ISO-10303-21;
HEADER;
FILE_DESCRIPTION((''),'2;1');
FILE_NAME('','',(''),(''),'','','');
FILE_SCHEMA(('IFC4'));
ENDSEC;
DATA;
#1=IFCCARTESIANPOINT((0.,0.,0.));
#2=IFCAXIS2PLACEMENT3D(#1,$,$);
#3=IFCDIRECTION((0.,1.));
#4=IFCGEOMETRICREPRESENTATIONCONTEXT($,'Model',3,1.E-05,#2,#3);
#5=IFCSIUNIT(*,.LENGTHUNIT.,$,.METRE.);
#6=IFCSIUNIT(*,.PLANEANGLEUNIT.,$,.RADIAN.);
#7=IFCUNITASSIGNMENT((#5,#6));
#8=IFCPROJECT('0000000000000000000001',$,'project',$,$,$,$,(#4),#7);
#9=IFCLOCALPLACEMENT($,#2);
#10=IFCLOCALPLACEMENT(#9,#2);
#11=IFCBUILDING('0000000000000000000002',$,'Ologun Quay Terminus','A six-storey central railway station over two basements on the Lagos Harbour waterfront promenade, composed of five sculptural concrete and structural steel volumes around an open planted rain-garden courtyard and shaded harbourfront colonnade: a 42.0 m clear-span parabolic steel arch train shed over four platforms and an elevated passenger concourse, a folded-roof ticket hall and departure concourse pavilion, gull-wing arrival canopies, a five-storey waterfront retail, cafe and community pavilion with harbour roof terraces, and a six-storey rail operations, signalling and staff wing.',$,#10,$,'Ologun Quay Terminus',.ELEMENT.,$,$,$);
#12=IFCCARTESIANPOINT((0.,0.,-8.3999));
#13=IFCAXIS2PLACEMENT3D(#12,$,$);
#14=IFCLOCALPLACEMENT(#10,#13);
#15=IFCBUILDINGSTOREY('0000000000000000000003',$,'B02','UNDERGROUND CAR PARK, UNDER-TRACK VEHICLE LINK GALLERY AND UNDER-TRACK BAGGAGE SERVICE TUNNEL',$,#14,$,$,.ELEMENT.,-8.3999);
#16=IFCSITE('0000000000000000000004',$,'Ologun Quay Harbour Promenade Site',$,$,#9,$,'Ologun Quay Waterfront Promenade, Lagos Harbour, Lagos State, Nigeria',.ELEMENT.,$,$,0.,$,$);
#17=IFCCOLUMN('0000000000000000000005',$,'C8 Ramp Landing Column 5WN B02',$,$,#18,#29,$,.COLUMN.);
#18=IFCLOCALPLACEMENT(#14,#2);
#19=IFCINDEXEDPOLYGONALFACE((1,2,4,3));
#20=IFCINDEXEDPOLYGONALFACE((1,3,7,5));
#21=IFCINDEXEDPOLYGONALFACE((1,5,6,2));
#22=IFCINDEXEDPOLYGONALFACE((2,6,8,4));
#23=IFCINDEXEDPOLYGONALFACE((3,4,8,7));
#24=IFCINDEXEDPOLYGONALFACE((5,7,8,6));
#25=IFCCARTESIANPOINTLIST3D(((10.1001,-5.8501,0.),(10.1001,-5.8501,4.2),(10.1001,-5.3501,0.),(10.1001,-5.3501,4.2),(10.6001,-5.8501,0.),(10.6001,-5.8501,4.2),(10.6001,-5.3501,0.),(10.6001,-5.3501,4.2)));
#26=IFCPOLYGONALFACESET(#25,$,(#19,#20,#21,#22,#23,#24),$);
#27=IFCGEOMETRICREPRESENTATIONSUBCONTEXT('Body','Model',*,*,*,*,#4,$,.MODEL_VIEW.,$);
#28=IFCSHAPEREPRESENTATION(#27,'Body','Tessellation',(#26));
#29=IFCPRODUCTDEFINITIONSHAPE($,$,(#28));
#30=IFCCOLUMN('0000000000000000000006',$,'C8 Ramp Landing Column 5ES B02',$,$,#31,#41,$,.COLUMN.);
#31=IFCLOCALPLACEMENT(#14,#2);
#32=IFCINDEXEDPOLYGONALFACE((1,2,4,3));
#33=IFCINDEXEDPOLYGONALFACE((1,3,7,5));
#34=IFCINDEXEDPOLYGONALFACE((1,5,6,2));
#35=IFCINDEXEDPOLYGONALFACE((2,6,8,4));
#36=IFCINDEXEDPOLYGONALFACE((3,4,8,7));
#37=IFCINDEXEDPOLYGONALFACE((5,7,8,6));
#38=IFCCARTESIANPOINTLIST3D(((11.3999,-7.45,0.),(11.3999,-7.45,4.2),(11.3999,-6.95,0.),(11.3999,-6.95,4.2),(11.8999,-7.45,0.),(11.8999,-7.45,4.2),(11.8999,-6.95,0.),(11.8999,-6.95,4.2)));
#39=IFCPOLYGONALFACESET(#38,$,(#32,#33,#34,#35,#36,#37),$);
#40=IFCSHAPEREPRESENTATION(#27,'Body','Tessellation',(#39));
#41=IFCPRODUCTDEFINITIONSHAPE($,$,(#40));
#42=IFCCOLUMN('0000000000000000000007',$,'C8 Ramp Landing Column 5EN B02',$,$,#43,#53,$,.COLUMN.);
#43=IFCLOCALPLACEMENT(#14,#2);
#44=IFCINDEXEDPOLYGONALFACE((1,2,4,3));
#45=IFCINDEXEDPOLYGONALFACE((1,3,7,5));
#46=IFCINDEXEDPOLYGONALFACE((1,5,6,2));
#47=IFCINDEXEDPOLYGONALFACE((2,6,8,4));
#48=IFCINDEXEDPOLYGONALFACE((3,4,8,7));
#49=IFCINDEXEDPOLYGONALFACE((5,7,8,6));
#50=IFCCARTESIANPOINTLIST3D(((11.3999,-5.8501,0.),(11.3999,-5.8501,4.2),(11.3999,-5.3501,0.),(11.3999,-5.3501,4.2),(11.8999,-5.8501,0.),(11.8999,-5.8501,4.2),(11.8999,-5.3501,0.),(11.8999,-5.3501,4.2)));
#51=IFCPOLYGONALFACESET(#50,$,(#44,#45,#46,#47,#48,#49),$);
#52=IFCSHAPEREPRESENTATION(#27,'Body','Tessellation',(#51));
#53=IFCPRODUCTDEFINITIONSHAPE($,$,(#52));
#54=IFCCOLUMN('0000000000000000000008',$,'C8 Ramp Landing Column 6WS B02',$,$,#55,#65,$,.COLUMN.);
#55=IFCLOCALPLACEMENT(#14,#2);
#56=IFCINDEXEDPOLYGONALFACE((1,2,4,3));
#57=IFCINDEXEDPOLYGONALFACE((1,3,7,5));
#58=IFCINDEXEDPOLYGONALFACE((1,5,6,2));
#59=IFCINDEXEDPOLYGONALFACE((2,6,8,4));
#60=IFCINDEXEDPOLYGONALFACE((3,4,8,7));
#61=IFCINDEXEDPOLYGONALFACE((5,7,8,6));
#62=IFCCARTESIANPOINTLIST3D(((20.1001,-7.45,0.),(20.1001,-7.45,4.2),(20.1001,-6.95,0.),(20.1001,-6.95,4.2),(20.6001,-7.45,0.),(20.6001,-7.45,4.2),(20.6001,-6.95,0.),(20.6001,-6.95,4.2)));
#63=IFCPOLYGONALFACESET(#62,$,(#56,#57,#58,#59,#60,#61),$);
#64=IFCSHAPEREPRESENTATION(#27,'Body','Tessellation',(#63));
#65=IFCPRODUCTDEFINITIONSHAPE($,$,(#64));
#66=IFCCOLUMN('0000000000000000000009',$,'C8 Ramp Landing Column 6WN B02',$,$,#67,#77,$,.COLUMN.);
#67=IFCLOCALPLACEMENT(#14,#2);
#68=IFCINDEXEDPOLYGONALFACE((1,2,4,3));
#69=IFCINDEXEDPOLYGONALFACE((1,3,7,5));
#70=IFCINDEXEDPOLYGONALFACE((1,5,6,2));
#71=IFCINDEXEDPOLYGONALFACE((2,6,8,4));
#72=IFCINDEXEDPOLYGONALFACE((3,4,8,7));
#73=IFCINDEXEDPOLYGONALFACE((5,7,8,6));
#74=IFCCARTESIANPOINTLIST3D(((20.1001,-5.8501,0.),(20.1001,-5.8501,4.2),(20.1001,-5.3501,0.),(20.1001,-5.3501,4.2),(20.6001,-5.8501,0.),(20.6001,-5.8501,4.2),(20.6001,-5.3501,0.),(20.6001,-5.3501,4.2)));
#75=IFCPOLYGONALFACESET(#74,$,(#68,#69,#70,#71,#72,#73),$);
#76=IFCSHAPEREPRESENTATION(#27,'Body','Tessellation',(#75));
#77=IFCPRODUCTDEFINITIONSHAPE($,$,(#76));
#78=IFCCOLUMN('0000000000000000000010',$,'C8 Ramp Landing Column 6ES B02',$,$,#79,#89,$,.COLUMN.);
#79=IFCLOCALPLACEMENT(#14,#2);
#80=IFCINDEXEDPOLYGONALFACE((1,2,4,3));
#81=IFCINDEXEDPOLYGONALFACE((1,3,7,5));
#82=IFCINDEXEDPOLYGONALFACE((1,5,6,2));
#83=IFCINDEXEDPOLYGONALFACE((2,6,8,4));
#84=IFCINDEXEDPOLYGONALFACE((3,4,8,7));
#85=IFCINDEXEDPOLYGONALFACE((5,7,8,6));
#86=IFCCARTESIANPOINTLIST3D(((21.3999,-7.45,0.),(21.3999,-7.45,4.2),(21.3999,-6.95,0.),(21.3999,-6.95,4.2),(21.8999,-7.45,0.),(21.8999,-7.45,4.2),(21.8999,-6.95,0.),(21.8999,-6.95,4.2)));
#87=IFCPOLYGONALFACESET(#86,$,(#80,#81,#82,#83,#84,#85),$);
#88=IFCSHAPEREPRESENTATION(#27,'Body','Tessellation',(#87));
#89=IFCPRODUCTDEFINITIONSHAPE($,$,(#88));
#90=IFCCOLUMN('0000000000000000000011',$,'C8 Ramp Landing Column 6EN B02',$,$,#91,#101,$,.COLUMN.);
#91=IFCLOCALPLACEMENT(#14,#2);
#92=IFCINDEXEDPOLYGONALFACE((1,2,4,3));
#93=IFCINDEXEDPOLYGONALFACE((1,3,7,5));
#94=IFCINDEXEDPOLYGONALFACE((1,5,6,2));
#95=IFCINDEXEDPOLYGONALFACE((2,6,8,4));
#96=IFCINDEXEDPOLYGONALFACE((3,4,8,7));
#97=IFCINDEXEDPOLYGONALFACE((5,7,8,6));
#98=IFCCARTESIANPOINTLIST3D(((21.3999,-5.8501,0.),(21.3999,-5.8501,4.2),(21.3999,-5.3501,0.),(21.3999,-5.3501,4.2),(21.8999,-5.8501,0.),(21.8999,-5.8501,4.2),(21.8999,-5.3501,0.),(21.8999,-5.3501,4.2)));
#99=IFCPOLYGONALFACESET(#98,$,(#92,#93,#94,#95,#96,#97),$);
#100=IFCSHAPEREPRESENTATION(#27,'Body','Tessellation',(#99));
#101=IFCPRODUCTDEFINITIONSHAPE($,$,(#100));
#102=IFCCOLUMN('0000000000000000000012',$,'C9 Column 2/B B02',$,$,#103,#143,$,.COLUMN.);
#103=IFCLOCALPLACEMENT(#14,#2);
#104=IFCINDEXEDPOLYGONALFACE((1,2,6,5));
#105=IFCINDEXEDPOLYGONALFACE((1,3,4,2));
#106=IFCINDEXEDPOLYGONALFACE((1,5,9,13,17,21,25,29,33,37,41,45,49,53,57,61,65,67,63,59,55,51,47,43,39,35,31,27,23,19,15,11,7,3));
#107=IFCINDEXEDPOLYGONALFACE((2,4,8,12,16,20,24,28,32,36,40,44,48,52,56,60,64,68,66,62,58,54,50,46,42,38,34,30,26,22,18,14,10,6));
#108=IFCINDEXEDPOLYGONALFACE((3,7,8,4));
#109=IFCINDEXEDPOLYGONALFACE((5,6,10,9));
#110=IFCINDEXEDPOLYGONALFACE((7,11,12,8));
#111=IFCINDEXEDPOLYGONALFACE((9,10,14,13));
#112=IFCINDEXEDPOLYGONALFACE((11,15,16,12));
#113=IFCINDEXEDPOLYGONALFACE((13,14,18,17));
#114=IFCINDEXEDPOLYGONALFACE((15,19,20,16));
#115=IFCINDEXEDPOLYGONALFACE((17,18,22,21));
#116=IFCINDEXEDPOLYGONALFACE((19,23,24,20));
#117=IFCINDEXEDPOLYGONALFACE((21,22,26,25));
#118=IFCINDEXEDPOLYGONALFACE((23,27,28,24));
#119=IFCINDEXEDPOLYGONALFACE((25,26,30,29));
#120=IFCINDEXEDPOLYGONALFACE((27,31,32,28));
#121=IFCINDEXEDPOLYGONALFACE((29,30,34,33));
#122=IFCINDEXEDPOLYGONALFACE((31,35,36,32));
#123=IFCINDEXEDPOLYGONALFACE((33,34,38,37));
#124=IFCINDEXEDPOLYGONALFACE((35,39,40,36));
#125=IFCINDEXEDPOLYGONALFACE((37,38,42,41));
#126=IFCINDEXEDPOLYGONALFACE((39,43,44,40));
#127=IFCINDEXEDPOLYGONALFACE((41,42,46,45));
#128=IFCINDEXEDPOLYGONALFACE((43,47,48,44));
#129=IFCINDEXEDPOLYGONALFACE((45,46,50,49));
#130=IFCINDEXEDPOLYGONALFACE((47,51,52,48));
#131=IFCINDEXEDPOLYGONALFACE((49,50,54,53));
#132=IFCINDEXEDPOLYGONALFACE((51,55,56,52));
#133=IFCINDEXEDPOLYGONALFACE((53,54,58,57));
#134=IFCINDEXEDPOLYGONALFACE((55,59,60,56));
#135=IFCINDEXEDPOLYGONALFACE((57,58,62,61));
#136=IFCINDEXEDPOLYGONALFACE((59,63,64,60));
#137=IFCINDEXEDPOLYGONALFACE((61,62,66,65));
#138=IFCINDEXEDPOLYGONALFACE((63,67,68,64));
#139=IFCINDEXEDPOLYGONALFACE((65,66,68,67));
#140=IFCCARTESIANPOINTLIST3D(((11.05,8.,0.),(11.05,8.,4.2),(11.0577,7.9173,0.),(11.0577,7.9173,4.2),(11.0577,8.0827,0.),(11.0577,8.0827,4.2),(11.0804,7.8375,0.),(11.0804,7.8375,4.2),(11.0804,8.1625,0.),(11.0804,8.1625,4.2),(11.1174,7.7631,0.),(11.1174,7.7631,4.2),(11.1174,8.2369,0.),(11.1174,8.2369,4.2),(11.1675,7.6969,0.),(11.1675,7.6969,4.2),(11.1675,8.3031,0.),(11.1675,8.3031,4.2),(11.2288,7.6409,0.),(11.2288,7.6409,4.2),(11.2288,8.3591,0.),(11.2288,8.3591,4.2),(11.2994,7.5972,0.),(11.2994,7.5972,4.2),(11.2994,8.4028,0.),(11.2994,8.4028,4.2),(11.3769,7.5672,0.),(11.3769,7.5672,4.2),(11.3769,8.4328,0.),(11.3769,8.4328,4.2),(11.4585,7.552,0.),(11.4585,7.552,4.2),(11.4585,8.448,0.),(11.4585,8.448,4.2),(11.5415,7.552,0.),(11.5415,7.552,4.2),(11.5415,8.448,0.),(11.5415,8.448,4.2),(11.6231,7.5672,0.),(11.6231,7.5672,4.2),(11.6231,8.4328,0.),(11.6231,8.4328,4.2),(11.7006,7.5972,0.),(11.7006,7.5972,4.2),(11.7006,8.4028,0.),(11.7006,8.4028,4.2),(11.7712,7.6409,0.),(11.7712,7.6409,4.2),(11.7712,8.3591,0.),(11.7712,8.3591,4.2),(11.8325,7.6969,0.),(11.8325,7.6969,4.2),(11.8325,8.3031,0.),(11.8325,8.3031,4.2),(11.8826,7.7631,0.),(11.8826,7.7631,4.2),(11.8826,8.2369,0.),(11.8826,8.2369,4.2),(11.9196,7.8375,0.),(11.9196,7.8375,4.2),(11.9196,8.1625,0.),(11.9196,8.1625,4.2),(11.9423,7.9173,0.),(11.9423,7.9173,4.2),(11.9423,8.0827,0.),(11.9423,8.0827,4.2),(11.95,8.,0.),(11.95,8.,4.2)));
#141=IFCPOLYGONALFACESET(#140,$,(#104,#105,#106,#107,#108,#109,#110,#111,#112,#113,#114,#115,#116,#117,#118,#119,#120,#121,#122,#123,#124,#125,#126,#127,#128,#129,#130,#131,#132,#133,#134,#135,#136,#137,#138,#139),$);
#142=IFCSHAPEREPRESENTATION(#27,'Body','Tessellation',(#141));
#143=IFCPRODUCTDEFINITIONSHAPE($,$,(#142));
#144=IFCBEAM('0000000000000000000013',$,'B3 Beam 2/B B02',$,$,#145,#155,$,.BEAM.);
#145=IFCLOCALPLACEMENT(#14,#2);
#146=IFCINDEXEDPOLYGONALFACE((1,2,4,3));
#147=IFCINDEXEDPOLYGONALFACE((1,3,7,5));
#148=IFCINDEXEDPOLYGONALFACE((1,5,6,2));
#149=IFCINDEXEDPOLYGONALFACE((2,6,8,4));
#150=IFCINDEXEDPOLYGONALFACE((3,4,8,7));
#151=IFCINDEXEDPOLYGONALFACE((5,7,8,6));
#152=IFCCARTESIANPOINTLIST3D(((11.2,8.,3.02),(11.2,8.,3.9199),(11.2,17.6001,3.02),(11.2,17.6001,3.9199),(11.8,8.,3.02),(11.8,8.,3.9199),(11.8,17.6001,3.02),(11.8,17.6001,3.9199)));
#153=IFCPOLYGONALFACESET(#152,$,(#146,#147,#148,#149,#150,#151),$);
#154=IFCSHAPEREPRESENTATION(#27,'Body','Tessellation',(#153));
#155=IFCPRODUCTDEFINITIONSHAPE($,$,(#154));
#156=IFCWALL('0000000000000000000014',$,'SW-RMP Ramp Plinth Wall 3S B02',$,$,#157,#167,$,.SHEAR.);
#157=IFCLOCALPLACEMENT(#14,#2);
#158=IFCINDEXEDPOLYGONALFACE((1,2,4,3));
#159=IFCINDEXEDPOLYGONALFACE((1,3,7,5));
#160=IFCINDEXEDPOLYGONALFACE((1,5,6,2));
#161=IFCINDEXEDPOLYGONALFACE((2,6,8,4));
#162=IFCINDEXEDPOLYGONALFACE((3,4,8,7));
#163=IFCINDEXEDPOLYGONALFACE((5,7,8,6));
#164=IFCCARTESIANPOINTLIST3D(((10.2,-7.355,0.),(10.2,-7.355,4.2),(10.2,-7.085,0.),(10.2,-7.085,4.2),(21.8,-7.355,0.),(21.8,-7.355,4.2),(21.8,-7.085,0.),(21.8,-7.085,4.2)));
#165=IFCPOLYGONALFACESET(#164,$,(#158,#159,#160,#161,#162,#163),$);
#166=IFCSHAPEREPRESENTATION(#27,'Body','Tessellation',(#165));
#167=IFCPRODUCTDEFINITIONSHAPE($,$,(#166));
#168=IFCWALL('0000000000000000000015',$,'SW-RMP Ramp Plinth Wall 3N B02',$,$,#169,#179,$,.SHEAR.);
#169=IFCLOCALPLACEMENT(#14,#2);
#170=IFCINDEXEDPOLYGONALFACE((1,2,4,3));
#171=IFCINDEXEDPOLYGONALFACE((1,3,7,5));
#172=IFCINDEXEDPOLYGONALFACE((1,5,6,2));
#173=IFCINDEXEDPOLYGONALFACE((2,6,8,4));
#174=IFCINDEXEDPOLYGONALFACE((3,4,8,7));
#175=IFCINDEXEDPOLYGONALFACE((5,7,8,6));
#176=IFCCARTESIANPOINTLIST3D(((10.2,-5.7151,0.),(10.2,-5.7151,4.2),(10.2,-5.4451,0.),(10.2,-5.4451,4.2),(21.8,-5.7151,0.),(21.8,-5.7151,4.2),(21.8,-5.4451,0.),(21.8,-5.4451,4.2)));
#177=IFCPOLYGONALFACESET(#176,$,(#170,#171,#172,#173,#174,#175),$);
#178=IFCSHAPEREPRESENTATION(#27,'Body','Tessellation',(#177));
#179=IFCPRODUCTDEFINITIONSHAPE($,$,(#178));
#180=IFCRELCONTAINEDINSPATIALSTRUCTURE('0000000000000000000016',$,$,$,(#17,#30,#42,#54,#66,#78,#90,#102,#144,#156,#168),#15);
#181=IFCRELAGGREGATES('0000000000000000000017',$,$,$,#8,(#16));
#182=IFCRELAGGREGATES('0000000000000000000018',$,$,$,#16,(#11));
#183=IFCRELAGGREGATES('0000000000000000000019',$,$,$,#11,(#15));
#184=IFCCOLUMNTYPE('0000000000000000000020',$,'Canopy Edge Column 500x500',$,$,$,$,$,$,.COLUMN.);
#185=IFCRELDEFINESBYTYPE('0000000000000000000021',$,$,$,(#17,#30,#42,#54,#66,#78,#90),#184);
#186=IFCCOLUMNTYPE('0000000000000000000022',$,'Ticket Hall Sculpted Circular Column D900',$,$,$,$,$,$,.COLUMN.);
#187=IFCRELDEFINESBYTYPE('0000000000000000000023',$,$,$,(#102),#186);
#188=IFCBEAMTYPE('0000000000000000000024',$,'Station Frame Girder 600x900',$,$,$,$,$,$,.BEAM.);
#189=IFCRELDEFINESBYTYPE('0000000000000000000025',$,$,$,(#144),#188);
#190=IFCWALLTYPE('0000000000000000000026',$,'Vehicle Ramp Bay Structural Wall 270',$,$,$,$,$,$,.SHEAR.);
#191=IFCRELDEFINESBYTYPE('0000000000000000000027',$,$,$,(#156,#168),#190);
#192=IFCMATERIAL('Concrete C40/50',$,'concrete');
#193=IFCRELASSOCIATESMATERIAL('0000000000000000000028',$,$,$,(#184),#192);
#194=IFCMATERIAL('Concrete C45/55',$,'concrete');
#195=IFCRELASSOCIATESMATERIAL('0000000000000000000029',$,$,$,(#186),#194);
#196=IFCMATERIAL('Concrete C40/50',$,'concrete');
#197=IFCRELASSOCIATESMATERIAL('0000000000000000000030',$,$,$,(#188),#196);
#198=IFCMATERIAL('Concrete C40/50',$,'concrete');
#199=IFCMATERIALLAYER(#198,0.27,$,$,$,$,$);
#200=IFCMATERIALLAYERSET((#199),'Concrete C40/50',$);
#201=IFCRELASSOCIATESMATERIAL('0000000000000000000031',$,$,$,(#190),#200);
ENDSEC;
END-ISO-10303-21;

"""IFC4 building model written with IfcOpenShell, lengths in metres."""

from ifc_helpers import new_model, si_unit, direction, frame, frame_2d, origin, origin_2d, place, context, subcontext, project, spatial, rectangle, circle, extrude, material, layer, layer_set, material_profile, profile_set, type_object, element, save


model = new_model("IFC4")

# Units and contexts
model_context = context("Model", 3, precision=1e-05, world=origin(), true_north=direction((0.0, 1.0)))
body_context = subcontext(model_context, "Body", "Model", "MODEL_VIEW")
ifc_project = project(units=[si_unit("LENGTHUNIT", "METRE"), si_unit("PLANEANGLEUNIT", "RADIAN")], contexts=[model_context])

# Site, building, storey
site_placement = place(None, origin())
site = spatial("IfcSite", under=ifc_project, at=site_placement, Name="Ologun Quay Harbour Promenade Site", LongName="Ologun Quay Waterfront Promenade, Lagos Harbour, Lagos State, Nigeria", CompositionType="ELEMENT", RefElevation=0.0)
building_placement = place(site_placement, origin())
building = spatial("IfcBuilding", under=site, at=building_placement, Name="Ologun Quay Terminus", Description="A six-storey central railway station over two basements on the Lagos Harbour waterfront promenade, composed of five sculptural concrete and structural steel volumes around an open planted rain-garden courtyard and shaded harbourfront colonnade: a 42.0 m clear-span parabolic steel arch train shed over four platforms and an elevated passenger concourse, a folded-roof ticket hall and departure concourse pavilion, gull-wing arrival canopies, a five-storey waterfront retail, cafe and community pavilion with harbour roof terraces, and a six-storey rail operations, signalling and staff wing.", LongName="Ologun Quay Terminus", CompositionType="ELEMENT")
storey_placement = place(building_placement, frame((0.0, 0.0, -8.3999)))
storey = spatial("IfcBuildingStorey", under=building, at=storey_placement, Name="B02", Description="UNDERGROUND CAR PARK, UNDER-TRACK VEHICLE LINK GALLERY AND UNDER-TRACK BAGGAGE SERVICE TUNNEL", CompositionType="ELEMENT", Elevation=-8.3999)

# Columns
ifc_material_1 = material(Name="Concrete C40/50", Category="concrete")
ifc_material_profile_1 = material_profile(ifc_material_1, rectangle(XDim=0.5, YDim=0.5, at=origin_2d()), Name="RC 500x500")
ifc_profile_set_1 = profile_set([ifc_material_profile_1], Name="Concrete C40/50")
column_type_1 = type_object("IfcColumnType", Name="Canopy Edge Column 500x500", PredefinedType="COLUMN", material=ifc_profile_set_1)
for number, where, z_axis, x_axis, name in (
    (1, (10.3501, -5.6001, 0.0), (0.0, 0.0, 1.0), (1.0, 0.0, 0.0), "C8 Ramp Landing Column 5WN B02"),
    (2, (11.6499, -7.2, 0.0), (0.0, 0.0, 1.0), (1.0, 0.0, 0.0), "C8 Ramp Landing Column 5ES B02"),
    (3, (11.6499, -5.6001, 0.0), (0.0, 0.0, 1.0), (1.0, 0.0, 0.0), "C8 Ramp Landing Column 5EN B02"),
    (4, (20.3501, -7.2, 0.0), (0.0, 0.0, 1.0), (1.0, 0.0, 0.0), "C8 Ramp Landing Column 6WS B02"),
    (5, (20.3501, -5.6001, 0.0), (0.0, 0.0, 1.0), (1.0, 0.0, 0.0), "C8 Ramp Landing Column 6WN B02"),
    (6, (21.6499, -7.2, 0.0), (0.0, 0.0, 1.0), (1.0, 0.0, 0.0), "C8 Ramp Landing Column 6ES B02"),
    (7, (21.6499, -5.6001, 0.0), (0.0, 0.0, 1.0), (1.0, 0.0, 0.0), "C8 Ramp Landing Column 6EN B02"),
):
    element("IfcColumn", number, at=place(storey_placement, frame(where, z_axis=z_axis, x_axis=x_axis)), inside=storey, type_object=column_type_1, Name=name, PredefinedType="COLUMN", context=body_context, shape_type="SweptSolid", body=[
        extrude(rectangle(XDim=0.5, YDim=0.5, at=origin_2d()), origin(), (0.0, 0.0, 1.0), 4.2),
    ])
ifc_material_2 = material(Name="Concrete C45/55", Category="concrete")
ifc_material_profile_2 = material_profile(ifc_material_2, circle(Radius=0.45, at=origin_2d()), Name="RC D900")
ifc_profile_set_2 = profile_set([ifc_material_profile_2], Name="Concrete C45/55")
column_type_2 = type_object("IfcColumnType", Name="Ticket Hall Sculpted Circular Column D900", PredefinedType="COLUMN", material=ifc_profile_set_2)
column_placement = place(storey_placement, frame((11.5, 8.0, 0.0), z_axis=(0.0, 0.0, 1.0), x_axis=(1.0, 0.0, 0.0)))
element("IfcColumn", 8, at=column_placement, inside=storey, type_object=column_type_2, Name="C9 Column 2/B B02", PredefinedType="COLUMN", context=body_context, shape_type="SweptSolid", body=[
    extrude(circle(Radius=0.45, at=origin_2d()), origin(), (0.0, 0.0, 1.0), 4.2),
])

# Beam
ifc_material_3 = material(Name="Concrete C40/50", Category="concrete")
ifc_material_profile_3 = material_profile(ifc_material_3, rectangle(XDim=0.6001, YDim=0.8999, at=origin_2d()), Name="RC 600x900")
ifc_profile_set_3 = profile_set([ifc_material_profile_3], Name="Concrete C40/50")
beam_type = type_object("IfcBeamType", Name="Station Frame Girder 600x900", PredefinedType="BEAM", material=ifc_profile_set_3)
beam_placement = place(storey_placement, frame((11.5, 8.0, 3.47), z_axis=(0.0, 1.0, 0.0), x_axis=(-1.0, 0.0, 0.0)))
element("IfcBeam", 9, at=beam_placement, inside=storey, type_object=beam_type, Name="B3 Beam 2/B B02", PredefinedType="BEAM", context=body_context, shape_type="SweptSolid", body=[
    extrude(rectangle(XDim=0.6001, YDim=0.8999, at=origin_2d()), origin(), (0.0, 0.0, 1.0), 9.6001),
])

# Walls
ifc_material_4 = material(Name="Concrete C40/50", Category="concrete")
ifc_layer = layer(ifc_material_4, 0.27)
ifc_layer_set = layer_set([ifc_layer], Name="Concrete C40/50")
wall_type = type_object("IfcWallType", Name="Vehicle Ramp Bay Structural Wall 270", PredefinedType="SHEAR", material=ifc_layer_set)
for number, where, z_axis, x_axis, name in (
    (10, (10.2, -7.22, 0.0), (0.0, 0.0, 1.0), (1.0, 0.0, 0.0), "SW-RMP Ramp Plinth Wall 3S B02"),
    (11, (10.2, -5.5801, 0.0), (0.0, 0.0, 1.0), (1.0, 0.0, 0.0), "SW-RMP Ramp Plinth Wall 3N B02"),
):
    element("IfcWall", number, at=place(storey_placement, frame(where, z_axis=z_axis, x_axis=x_axis)), inside=storey, type_object=wall_type, Name=name, PredefinedType="SHEAR", context=body_context, shape_type="SweptSolid", body=[
        extrude(rectangle(XDim=11.6001, YDim=0.27, at=frame_2d((5.8, 0.0))), origin(), (0.0, 0.0, 1.0), 4.2),
    ])

save(model, "model.ifc")
